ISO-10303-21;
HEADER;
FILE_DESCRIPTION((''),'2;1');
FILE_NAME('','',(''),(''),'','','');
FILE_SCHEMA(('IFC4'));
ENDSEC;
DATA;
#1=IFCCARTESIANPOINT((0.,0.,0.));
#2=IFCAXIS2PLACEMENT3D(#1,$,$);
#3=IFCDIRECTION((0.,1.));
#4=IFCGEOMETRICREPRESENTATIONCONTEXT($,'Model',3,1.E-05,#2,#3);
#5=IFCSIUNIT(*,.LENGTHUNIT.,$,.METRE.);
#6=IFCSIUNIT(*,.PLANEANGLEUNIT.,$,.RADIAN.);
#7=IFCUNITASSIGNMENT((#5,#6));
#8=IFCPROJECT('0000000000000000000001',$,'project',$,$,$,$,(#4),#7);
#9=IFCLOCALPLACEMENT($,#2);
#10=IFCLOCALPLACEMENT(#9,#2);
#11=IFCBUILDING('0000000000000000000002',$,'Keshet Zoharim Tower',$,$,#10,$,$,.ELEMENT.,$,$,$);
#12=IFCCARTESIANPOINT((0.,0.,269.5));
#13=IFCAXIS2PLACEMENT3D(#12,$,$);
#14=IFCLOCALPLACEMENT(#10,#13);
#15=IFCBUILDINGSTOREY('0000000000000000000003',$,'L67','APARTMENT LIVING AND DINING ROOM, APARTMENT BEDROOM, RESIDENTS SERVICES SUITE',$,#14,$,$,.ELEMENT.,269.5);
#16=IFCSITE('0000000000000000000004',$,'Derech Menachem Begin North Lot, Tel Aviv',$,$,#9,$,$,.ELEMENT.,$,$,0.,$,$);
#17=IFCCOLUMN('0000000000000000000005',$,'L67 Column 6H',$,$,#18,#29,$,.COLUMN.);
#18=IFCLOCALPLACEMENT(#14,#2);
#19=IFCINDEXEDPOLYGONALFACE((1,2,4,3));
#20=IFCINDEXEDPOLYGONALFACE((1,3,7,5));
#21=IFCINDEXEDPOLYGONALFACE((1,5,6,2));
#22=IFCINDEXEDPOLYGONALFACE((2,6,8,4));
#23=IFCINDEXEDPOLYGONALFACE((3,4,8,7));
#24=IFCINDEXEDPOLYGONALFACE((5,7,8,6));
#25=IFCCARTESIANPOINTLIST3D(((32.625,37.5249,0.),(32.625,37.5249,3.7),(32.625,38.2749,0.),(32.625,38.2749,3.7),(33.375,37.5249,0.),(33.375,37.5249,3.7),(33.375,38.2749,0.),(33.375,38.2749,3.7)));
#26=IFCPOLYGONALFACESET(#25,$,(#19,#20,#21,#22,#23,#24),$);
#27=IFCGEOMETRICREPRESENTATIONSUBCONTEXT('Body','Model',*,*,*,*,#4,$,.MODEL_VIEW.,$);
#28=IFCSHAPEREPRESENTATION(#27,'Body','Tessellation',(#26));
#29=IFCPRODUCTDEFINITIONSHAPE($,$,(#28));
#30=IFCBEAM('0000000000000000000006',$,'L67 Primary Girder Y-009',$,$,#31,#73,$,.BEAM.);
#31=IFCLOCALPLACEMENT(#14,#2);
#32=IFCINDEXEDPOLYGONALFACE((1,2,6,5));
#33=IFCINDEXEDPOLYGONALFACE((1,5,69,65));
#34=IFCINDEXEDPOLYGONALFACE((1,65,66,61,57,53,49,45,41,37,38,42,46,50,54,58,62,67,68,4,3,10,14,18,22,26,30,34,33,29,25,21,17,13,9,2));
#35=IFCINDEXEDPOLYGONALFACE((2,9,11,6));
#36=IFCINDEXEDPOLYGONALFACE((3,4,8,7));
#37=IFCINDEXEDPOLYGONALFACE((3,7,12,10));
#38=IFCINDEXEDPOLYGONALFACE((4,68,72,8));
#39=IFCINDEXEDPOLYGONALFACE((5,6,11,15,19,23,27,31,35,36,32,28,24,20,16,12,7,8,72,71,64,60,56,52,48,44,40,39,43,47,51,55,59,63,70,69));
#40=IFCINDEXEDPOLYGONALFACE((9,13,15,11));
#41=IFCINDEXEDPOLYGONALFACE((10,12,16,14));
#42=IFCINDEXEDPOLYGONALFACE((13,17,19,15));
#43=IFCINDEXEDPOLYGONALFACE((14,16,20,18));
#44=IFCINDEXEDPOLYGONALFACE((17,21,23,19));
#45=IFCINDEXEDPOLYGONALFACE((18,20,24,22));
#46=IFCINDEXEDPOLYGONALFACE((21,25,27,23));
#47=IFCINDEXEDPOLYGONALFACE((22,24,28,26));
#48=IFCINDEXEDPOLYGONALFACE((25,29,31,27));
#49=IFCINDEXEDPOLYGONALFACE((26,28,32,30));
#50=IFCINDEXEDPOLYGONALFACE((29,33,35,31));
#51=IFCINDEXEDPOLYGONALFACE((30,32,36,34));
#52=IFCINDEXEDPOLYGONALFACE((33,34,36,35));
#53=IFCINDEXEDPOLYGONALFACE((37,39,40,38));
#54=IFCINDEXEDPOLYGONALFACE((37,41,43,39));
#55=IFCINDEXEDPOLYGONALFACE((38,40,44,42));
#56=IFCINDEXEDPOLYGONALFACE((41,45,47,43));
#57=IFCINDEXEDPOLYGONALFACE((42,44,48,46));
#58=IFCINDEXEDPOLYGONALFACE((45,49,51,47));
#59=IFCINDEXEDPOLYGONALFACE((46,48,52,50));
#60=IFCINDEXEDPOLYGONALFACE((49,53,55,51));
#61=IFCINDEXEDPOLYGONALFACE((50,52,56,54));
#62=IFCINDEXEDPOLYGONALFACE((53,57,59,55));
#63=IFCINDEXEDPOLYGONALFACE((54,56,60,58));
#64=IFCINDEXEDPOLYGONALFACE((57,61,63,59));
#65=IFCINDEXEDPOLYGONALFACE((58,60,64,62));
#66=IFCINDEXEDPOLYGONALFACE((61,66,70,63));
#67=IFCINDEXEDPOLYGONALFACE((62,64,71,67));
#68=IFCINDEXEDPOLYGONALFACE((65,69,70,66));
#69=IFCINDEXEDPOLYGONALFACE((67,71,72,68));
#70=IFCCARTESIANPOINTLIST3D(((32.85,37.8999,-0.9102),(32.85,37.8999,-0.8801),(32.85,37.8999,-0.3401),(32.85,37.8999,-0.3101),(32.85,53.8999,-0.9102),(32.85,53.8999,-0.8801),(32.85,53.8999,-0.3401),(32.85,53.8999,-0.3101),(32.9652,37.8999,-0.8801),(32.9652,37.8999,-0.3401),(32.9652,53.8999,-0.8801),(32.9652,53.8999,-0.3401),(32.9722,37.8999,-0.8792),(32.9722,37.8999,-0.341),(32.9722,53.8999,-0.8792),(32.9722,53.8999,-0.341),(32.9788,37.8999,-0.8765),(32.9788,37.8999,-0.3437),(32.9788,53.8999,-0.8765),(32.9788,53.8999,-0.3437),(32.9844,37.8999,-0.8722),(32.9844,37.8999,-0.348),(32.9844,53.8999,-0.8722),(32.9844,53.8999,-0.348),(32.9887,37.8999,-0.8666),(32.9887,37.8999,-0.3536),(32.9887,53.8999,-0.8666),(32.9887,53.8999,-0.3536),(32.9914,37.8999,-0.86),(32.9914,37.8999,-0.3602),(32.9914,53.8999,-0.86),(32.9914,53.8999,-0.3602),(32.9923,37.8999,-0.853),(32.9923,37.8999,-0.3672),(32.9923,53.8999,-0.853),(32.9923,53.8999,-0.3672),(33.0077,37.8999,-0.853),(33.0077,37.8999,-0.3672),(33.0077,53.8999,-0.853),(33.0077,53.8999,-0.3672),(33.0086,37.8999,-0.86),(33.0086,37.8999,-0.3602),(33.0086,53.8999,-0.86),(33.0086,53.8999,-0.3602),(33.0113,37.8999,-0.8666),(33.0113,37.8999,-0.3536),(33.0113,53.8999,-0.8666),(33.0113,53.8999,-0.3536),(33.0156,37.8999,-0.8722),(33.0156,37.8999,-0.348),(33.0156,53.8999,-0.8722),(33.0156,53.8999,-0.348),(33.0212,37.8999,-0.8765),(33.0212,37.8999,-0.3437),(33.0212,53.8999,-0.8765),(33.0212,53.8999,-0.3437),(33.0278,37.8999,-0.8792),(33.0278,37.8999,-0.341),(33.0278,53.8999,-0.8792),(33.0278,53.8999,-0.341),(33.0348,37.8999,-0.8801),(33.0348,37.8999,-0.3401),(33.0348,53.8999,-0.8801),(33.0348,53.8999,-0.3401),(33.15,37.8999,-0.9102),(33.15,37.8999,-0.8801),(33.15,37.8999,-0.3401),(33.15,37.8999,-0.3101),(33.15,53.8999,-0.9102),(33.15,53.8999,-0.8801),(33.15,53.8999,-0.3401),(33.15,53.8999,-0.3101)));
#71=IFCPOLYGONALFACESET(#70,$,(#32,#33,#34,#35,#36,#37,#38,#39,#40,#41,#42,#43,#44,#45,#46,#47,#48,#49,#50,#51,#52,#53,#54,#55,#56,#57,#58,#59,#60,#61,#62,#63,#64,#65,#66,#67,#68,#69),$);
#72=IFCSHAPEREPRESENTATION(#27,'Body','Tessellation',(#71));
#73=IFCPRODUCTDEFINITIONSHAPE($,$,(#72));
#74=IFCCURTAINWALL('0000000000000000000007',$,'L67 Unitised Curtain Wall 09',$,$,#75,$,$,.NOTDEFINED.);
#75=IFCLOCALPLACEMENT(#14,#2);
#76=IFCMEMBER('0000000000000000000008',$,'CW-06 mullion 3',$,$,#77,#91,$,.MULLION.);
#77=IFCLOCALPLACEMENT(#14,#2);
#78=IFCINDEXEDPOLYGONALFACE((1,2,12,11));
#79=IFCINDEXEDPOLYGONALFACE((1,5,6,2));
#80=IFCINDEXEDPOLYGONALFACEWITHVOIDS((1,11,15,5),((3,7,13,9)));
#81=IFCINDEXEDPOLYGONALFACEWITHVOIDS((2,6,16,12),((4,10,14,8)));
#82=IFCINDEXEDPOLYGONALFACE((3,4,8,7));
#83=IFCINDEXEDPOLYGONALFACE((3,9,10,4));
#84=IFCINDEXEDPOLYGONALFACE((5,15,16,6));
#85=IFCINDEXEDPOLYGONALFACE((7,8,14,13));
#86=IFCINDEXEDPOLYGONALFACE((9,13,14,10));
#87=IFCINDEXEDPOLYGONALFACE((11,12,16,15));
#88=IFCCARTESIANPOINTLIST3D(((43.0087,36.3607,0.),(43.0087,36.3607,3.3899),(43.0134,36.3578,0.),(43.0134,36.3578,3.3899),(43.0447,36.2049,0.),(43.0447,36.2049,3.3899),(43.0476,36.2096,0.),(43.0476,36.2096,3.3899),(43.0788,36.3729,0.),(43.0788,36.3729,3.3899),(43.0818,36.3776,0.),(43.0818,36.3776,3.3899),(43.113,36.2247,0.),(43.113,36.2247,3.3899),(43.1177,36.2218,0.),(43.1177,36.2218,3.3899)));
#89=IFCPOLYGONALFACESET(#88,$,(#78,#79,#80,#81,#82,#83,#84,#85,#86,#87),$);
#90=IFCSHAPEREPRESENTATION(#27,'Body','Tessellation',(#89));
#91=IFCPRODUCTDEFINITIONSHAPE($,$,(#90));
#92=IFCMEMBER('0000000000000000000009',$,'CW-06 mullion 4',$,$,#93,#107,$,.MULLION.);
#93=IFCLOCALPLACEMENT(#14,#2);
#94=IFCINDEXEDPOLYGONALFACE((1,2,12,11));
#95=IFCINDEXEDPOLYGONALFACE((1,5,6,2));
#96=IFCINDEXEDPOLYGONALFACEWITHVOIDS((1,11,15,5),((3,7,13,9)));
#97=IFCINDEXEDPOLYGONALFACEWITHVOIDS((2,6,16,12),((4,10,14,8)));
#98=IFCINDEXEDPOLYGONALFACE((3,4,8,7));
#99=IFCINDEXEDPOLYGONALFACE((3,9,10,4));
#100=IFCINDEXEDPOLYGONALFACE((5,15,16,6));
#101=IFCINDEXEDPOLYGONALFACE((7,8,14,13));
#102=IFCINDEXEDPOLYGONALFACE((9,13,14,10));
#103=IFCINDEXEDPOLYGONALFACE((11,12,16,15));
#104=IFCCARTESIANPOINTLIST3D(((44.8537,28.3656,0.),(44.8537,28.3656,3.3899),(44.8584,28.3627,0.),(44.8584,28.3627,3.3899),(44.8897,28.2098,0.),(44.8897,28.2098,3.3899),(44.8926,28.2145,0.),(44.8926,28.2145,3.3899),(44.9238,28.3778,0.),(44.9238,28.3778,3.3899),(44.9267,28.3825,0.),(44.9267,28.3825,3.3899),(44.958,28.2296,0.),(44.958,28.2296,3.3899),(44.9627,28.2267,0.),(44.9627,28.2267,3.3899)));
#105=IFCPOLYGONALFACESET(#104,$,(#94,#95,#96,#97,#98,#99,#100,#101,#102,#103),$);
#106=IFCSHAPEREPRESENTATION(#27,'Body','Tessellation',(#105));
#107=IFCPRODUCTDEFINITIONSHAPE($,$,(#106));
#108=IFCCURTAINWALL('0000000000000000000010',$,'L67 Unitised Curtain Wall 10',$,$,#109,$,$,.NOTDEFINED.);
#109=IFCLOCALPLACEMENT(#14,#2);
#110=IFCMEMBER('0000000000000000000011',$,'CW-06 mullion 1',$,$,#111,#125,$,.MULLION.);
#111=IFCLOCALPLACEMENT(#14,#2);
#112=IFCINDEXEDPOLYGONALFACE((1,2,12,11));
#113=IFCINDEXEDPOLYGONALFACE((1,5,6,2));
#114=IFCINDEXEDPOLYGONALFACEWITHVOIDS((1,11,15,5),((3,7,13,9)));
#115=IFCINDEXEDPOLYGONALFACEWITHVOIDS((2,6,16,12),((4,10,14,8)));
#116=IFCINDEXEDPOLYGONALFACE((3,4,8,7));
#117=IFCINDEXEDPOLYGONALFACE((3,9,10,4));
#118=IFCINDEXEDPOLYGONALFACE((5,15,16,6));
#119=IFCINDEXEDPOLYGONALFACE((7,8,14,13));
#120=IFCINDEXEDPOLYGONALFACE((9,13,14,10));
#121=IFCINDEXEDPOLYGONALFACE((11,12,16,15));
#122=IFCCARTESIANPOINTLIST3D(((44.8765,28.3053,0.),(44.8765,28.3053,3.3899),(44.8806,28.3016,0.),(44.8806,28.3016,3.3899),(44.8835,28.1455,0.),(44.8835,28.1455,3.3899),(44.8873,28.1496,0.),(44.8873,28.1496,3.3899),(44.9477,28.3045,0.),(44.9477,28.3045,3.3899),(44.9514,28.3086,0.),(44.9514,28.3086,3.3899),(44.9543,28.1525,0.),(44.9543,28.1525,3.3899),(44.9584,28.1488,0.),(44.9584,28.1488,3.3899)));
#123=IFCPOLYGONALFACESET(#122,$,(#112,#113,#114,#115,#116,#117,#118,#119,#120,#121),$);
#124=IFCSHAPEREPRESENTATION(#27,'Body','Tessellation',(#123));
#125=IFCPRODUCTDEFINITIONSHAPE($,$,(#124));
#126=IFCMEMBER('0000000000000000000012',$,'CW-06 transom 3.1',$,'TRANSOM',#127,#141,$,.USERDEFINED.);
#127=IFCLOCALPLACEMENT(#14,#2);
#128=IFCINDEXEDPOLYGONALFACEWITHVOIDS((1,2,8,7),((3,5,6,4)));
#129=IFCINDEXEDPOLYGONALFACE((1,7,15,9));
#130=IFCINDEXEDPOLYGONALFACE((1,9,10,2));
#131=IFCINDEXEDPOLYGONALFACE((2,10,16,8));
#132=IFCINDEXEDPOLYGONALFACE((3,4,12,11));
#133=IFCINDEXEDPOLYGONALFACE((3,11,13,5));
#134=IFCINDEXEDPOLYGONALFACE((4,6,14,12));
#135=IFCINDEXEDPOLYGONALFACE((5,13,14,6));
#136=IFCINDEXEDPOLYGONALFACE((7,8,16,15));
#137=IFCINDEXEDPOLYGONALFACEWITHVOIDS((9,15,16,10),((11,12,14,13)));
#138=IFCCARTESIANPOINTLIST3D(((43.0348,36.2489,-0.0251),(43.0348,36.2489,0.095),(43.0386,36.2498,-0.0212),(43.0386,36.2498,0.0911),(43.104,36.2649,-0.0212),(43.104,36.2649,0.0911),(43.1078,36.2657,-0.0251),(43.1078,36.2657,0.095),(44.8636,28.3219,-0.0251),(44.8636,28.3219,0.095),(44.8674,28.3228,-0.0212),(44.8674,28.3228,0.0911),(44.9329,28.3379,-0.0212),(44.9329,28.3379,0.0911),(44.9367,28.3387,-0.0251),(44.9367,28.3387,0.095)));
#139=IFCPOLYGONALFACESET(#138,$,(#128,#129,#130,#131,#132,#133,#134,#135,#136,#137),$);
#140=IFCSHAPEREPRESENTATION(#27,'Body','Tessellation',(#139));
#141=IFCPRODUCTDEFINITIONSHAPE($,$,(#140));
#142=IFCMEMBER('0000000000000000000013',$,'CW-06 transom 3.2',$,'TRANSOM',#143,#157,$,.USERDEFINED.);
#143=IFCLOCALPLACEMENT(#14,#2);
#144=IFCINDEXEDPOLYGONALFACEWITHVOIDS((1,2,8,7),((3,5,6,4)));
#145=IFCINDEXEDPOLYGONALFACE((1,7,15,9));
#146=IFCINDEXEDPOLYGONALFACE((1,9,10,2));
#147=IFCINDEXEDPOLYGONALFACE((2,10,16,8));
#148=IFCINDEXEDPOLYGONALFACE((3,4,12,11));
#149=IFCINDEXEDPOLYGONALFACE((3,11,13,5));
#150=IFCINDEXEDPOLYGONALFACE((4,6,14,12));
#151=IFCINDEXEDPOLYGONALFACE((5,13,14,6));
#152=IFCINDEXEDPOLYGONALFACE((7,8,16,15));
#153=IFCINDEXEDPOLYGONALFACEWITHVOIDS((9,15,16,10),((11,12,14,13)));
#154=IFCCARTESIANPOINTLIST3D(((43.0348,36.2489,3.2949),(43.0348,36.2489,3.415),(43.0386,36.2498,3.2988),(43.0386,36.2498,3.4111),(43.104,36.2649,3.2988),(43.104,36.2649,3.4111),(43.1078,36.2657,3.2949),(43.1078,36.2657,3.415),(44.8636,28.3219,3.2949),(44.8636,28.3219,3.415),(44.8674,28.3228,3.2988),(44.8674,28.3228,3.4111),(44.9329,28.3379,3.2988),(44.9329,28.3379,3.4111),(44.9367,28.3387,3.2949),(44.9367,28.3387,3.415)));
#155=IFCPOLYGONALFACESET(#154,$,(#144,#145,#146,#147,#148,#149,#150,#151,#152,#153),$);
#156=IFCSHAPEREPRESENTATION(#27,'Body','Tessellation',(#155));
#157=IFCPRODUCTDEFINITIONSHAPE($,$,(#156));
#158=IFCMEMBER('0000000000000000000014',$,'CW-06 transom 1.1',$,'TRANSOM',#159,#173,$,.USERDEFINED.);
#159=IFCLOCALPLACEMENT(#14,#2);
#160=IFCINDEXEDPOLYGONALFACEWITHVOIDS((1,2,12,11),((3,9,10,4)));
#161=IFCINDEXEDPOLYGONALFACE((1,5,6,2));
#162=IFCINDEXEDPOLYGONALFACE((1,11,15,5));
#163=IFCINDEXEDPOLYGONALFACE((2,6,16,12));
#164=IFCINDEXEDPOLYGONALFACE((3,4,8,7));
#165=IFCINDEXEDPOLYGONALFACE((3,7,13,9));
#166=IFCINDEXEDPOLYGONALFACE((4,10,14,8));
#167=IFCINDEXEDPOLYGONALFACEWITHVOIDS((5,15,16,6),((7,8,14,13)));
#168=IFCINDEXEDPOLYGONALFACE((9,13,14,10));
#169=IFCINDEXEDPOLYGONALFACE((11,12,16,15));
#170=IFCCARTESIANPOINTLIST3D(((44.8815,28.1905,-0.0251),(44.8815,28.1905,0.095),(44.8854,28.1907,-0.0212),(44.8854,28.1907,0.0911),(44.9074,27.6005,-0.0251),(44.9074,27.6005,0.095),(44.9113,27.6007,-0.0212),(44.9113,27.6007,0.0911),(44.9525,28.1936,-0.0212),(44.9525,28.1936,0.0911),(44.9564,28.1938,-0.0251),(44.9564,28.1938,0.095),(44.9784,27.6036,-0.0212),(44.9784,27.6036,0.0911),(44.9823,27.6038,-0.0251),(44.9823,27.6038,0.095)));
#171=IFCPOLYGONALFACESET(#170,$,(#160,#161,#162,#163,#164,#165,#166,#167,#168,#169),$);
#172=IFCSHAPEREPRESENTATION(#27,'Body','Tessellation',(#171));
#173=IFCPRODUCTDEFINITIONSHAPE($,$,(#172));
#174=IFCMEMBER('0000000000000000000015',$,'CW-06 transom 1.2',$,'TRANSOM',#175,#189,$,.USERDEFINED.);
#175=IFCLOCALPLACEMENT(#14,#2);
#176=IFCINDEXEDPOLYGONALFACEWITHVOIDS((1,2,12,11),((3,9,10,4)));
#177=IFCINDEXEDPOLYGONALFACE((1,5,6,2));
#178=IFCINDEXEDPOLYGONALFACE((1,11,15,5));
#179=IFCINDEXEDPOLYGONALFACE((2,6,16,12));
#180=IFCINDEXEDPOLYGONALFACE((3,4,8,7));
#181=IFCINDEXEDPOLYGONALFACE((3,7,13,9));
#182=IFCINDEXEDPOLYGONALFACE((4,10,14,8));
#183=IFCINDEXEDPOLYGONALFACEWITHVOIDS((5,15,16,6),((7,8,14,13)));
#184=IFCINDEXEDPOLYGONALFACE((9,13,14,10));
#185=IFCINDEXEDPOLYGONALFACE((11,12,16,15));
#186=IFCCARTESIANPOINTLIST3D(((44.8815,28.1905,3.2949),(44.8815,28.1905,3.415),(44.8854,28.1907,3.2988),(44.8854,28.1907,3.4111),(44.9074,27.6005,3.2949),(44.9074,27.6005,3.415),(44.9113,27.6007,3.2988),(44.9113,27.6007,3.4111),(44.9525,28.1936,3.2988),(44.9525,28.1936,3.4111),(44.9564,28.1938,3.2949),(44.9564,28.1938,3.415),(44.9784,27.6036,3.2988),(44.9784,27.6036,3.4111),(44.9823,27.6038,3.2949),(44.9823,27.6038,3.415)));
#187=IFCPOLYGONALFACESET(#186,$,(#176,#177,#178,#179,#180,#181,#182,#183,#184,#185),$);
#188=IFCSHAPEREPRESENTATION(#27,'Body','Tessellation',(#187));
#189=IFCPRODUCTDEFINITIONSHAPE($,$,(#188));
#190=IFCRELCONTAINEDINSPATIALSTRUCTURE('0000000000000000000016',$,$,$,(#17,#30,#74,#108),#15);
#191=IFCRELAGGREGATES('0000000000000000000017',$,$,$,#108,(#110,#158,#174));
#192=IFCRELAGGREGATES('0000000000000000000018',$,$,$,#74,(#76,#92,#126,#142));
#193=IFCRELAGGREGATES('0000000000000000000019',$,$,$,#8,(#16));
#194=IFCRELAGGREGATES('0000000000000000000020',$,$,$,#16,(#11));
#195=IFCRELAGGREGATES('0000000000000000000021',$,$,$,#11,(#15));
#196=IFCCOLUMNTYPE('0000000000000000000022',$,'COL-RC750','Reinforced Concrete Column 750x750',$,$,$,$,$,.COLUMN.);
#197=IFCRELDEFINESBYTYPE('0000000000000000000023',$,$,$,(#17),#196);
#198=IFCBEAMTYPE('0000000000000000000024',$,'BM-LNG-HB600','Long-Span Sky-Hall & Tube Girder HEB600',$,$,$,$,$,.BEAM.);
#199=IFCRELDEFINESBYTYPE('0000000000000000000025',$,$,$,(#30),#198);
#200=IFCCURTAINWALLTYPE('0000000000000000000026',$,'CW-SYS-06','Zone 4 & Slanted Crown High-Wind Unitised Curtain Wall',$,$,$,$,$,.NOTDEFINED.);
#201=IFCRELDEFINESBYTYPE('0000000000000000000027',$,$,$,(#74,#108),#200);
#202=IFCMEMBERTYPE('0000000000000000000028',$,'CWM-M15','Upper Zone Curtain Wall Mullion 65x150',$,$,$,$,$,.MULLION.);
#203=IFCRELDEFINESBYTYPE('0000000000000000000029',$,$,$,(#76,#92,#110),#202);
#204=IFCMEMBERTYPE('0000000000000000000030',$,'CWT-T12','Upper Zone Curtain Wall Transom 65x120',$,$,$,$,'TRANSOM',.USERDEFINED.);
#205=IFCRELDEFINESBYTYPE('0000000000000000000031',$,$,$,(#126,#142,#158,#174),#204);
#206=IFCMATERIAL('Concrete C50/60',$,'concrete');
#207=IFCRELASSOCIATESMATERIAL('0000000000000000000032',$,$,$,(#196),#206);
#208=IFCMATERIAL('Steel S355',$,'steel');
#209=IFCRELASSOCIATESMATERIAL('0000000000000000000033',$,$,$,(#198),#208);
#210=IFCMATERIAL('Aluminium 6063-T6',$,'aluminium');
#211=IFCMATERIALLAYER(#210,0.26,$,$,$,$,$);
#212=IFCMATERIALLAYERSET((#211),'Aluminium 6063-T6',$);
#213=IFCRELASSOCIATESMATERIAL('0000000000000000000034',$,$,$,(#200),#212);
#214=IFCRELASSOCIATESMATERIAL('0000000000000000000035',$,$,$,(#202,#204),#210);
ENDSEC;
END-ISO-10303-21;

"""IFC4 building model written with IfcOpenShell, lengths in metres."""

from ifc_helpers import new_model, si_unit, direction, frame, origin, origin_2d, place, context, subcontext, project, spatial, rectangle, hollow_rectangle, i_section, extrude, material, layer, layer_set, material_profile, profile_set, type_object, element, aggregate, save


model = new_model("IFC4")

# Units and contexts
model_context = context("Model", 3, precision=1e-05, world=origin(), true_north=direction((0.0, 1.0)))
body_context = subcontext(model_context, "Body", "Model", "MODEL_VIEW")
ifc_project = project(units=[si_unit("LENGTHUNIT", "METRE"), si_unit("PLANEANGLEUNIT", "RADIAN")], contexts=[model_context])

# Site, building, storey
site_placement = place(None, origin())
site = spatial("IfcSite", under=ifc_project, at=site_placement, Name="Derech Menachem Begin North Lot, Tel Aviv", CompositionType="ELEMENT", RefElevation=0.0)
building_placement = place(site_placement, origin())
building = spatial("IfcBuilding", under=site, at=building_placement, Name="Keshet Zoharim Tower", CompositionType="ELEMENT")
storey_placement = place(building_placement, frame((0.0, 0.0, 269.5)))
storey = spatial("IfcBuildingStorey", under=building, at=storey_placement, Name="L67", Description="APARTMENT LIVING AND DINING ROOM, APARTMENT BEDROOM, RESIDENTS SERVICES SUITE", CompositionType="ELEMENT", Elevation=269.5)

# Column
ifc_material_1 = material(Name="Concrete C50/60", Category="concrete")
ifc_material_profile_1 = material_profile(ifc_material_1, rectangle(XDim=0.75, YDim=0.75, at=origin_2d()), Name="RC750x750")
ifc_profile_set_1 = profile_set([ifc_material_profile_1], Name="Concrete C50/60")
column_type = type_object("IfcColumnType", Name="COL-RC750", Description="Reinforced Concrete Column 750x750", PredefinedType="COLUMN", material=ifc_profile_set_1)
column_placement = place(storey_placement, frame((33.0, 37.8999, 0.0), z_axis=(0.0, 0.0, 1.0), x_axis=(1.0, 0.0, 0.0)))
element("IfcColumn", 1, at=column_placement, inside=storey, type_object=column_type, Name="L67 Column 6H", PredefinedType="COLUMN", context=body_context, shape_type="SweptSolid", body=[
    extrude(rectangle(XDim=0.75, YDim=0.75, at=origin_2d()), origin(), (0.0, 0.0, 1.0), 3.7),
])

# Beam
ifc_material_2 = material(Name="Steel S355", Category="steel")
ifc_material_profile_2 = material_profile(ifc_material_2, i_section(OverallWidth=0.3, OverallDepth=0.6001, WebThickness=0.0154, FlangeThickness=0.03, FilletRadius=0.0271, at=origin_2d()), Name="HEB600")
ifc_profile_set_2 = profile_set([ifc_material_profile_2], Name="Steel S355")
beam_type = type_object("IfcBeamType", Name="BM-LNG-HB600", Description="Long-Span Sky-Hall & Tube Girder HEB600", PredefinedType="BEAM", material=ifc_profile_set_2)
beam_placement = place(storey_placement, frame((33.0, 37.8999, -0.6101), z_axis=(0.0, 1.0, 0.0), x_axis=(-1.0, 0.0, 0.0)))
element("IfcBeam", 2, at=beam_placement, inside=storey, type_object=beam_type, Name="L67 Primary Girder Y-009", PredefinedType="BEAM", context=body_context, shape_type="SweptSolid", body=[
    extrude(i_section(OverallWidth=0.3, OverallDepth=0.6001, WebThickness=0.0154, FlangeThickness=0.03, FilletRadius=0.0271, at=origin_2d()), origin(), (0.0, 0.0, 1.0), 16.0),
])

# Curtain wall, members
ifc_material_3 = material(Name="Aluminium 6063-T6", Category="aluminium")
ifc_layer_1 = layer(ifc_material_3, 0.26)
ifc_layer_set_1 = layer_set([ifc_layer_1], Name="Aluminium 6063-T6")
curtain_wall_type = type_object("IfcCurtainWallType", Name="CW-SYS-06", Description="Zone 4 & Slanted Crown High-Wind Unitised Curtain Wall", PredefinedType="NOTDEFINED", material=ifc_layer_set_1)
curtain_wall_1_placement = place(storey_placement, origin())
curtain_wall_1 = element("IfcCurtainWall", 3, at=curtain_wall_1_placement, inside=storey, type_object=curtain_wall_type, Name="L67 Unitised Curtain Wall 09", PredefinedType="NOTDEFINED")
ifc_material_profile_3 = material_profile(ifc_material_3, hollow_rectangle(XDim=0.075, YDim=0.1599, WallThickness=0.0039, at=origin_2d()), Name="MUL-75x160")
ifc_profile_set_3 = profile_set([ifc_material_profile_3], Name="Aluminium 6063-T6")
member_type_1 = type_object("IfcMemberType", Name="CWM-M15", Description="Upper Zone Curtain Wall Mullion 65x150", PredefinedType="MULLION", material=ifc_profile_set_3)
member_1_placement = place(storey_placement, frame((43.0632, 36.2913, 0.0), z_axis=(0.0, 0.0, 1.0), x_axis=(0.974398, 0.22483, 0.0)))
member_1 = element("IfcMember", 4, at=member_1_placement, type_object=member_type_1, Name="CW-06 mullion 3", PredefinedType="MULLION", context=body_context, shape_type="SweptSolid", body=[
    extrude(hollow_rectangle(XDim=0.075, YDim=0.1599, WallThickness=0.0039, at=origin_2d()), origin(), (0.0, 0.0, 1.0), 3.3899),
])
member_2_placement = place(storey_placement, frame((44.9082, 28.2961, 0.0), z_axis=(0.0, 0.0, 1.0), x_axis=(0.974398, 0.22483, 0.0)))
member_2 = element("IfcMember", 5, at=member_2_placement, type_object=member_type_1, Name="CW-06 mullion 4", PredefinedType="MULLION", context=body_context, shape_type="SweptSolid", body=[
    extrude(hollow_rectangle(XDim=0.075, YDim=0.1599, WallThickness=0.0039, at=origin_2d()), origin(), (0.0, 0.0, 1.0), 3.3899),
])

# Curtain wall, member
curtain_wall_2_placement = place(storey_placement, origin())
curtain_wall_2 = element("IfcCurtainWall", 6, at=curtain_wall_2_placement, inside=storey, type_object=curtain_wall_type, Name="L67 Unitised Curtain Wall 10", PredefinedType="NOTDEFINED")
member_3_placement = place(storey_placement, frame((44.9175, 28.2271, 0.0), z_axis=(0.0, 0.0, 1.0), x_axis=(0.999041, 0.043794, 0.0)))
member_3 = element("IfcMember", 7, at=member_3_placement, type_object=member_type_1, Name="CW-06 mullion 1", PredefinedType="MULLION", context=body_context, shape_type="SweptSolid", body=[
    extrude(hollow_rectangle(XDim=0.075, YDim=0.1599, WallThickness=0.0039, at=origin_2d()), origin(), (0.0, 0.0, 1.0), 3.3899),
])

# Members
ifc_material_profile_4 = material_profile(ifc_material_3, hollow_rectangle(XDim=0.075, YDim=0.1201, WallThickness=0.0039, at=origin_2d()), Name="TRN-75x120")
ifc_profile_set_4 = profile_set([ifc_material_profile_4], Name="Aluminium 6063-T6")
member_type_2 = type_object("IfcMemberType", Name="CWT-T12", Description="Upper Zone Curtain Wall Transom 65x120", ElementType="TRANSOM", PredefinedType="USERDEFINED", material=ifc_profile_set_4)
member_4_placement = place(storey_placement, frame((43.0713, 36.2573, 0.0349), z_axis=(0.224807, -0.974403, 0.0), x_axis=(0.974403, 0.224807, 0.0)))
member_4 = element("IfcMember", 8, at=member_4_placement, type_object=member_type_2, Name="CW-06 transom 3.1", ObjectType="TRANSOM", PredefinedType="USERDEFINED", context=body_context, shape_type="SweptSolid", body=[
    extrude(hollow_rectangle(XDim=0.075, YDim=0.1201, WallThickness=0.0039, at=origin_2d()), origin(), (0.0, 0.0, 1.0), 8.1353),
])
member_5_placement = place(storey_placement, frame((43.0713, 36.2573, 3.355), z_axis=(0.224807, -0.974403, 0.0), x_axis=(0.974403, 0.224807, 0.0)))
member_5 = element("IfcMember", 9, at=member_5_placement, type_object=member_type_2, Name="CW-06 transom 3.2", ObjectType="TRANSOM", PredefinedType="USERDEFINED", context=body_context, shape_type="SweptSolid", body=[
    extrude(hollow_rectangle(XDim=0.075, YDim=0.1201, WallThickness=0.0039, at=origin_2d()), origin(), (0.0, 0.0, 1.0), 8.1353),
])
member_6_placement = place(storey_placement, frame((44.9189, 28.1921, 0.0349), z_axis=(0.043814, -0.99904, 0.0), x_axis=(0.99904, 0.043814, 0.0)))
member_6 = element("IfcMember", 10, at=member_6_placement, type_object=member_type_2, Name="CW-06 transom 1.1", ObjectType="TRANSOM", PredefinedType="USERDEFINED", context=body_context, shape_type="SweptSolid", body=[
    extrude(hollow_rectangle(XDim=0.075, YDim=0.1201, WallThickness=0.0039, at=origin_2d()), origin(), (0.0, 0.0, 1.0), 0.5906),
])
member_7_placement = place(storey_placement, frame((44.9189, 28.1921, 3.355), z_axis=(0.043814, -0.99904, 0.0), x_axis=(0.99904, 0.043814, 0.0)))
member_7 = element("IfcMember", 11, at=member_7_placement, type_object=member_type_2, Name="CW-06 transom 1.2", ObjectType="TRANSOM", PredefinedType="USERDEFINED", context=body_context, shape_type="SweptSolid", body=[
    extrude(hollow_rectangle(XDim=0.075, YDim=0.1201, WallThickness=0.0039, at=origin_2d()), origin(), (0.0, 0.0, 1.0), 0.5906),
])
aggregate(curtain_wall_2, [member_3, member_6, member_7])

aggregate(curtain_wall_1, [member_1, member_2, member_4, member_5])

save(model, "model.ifc")
